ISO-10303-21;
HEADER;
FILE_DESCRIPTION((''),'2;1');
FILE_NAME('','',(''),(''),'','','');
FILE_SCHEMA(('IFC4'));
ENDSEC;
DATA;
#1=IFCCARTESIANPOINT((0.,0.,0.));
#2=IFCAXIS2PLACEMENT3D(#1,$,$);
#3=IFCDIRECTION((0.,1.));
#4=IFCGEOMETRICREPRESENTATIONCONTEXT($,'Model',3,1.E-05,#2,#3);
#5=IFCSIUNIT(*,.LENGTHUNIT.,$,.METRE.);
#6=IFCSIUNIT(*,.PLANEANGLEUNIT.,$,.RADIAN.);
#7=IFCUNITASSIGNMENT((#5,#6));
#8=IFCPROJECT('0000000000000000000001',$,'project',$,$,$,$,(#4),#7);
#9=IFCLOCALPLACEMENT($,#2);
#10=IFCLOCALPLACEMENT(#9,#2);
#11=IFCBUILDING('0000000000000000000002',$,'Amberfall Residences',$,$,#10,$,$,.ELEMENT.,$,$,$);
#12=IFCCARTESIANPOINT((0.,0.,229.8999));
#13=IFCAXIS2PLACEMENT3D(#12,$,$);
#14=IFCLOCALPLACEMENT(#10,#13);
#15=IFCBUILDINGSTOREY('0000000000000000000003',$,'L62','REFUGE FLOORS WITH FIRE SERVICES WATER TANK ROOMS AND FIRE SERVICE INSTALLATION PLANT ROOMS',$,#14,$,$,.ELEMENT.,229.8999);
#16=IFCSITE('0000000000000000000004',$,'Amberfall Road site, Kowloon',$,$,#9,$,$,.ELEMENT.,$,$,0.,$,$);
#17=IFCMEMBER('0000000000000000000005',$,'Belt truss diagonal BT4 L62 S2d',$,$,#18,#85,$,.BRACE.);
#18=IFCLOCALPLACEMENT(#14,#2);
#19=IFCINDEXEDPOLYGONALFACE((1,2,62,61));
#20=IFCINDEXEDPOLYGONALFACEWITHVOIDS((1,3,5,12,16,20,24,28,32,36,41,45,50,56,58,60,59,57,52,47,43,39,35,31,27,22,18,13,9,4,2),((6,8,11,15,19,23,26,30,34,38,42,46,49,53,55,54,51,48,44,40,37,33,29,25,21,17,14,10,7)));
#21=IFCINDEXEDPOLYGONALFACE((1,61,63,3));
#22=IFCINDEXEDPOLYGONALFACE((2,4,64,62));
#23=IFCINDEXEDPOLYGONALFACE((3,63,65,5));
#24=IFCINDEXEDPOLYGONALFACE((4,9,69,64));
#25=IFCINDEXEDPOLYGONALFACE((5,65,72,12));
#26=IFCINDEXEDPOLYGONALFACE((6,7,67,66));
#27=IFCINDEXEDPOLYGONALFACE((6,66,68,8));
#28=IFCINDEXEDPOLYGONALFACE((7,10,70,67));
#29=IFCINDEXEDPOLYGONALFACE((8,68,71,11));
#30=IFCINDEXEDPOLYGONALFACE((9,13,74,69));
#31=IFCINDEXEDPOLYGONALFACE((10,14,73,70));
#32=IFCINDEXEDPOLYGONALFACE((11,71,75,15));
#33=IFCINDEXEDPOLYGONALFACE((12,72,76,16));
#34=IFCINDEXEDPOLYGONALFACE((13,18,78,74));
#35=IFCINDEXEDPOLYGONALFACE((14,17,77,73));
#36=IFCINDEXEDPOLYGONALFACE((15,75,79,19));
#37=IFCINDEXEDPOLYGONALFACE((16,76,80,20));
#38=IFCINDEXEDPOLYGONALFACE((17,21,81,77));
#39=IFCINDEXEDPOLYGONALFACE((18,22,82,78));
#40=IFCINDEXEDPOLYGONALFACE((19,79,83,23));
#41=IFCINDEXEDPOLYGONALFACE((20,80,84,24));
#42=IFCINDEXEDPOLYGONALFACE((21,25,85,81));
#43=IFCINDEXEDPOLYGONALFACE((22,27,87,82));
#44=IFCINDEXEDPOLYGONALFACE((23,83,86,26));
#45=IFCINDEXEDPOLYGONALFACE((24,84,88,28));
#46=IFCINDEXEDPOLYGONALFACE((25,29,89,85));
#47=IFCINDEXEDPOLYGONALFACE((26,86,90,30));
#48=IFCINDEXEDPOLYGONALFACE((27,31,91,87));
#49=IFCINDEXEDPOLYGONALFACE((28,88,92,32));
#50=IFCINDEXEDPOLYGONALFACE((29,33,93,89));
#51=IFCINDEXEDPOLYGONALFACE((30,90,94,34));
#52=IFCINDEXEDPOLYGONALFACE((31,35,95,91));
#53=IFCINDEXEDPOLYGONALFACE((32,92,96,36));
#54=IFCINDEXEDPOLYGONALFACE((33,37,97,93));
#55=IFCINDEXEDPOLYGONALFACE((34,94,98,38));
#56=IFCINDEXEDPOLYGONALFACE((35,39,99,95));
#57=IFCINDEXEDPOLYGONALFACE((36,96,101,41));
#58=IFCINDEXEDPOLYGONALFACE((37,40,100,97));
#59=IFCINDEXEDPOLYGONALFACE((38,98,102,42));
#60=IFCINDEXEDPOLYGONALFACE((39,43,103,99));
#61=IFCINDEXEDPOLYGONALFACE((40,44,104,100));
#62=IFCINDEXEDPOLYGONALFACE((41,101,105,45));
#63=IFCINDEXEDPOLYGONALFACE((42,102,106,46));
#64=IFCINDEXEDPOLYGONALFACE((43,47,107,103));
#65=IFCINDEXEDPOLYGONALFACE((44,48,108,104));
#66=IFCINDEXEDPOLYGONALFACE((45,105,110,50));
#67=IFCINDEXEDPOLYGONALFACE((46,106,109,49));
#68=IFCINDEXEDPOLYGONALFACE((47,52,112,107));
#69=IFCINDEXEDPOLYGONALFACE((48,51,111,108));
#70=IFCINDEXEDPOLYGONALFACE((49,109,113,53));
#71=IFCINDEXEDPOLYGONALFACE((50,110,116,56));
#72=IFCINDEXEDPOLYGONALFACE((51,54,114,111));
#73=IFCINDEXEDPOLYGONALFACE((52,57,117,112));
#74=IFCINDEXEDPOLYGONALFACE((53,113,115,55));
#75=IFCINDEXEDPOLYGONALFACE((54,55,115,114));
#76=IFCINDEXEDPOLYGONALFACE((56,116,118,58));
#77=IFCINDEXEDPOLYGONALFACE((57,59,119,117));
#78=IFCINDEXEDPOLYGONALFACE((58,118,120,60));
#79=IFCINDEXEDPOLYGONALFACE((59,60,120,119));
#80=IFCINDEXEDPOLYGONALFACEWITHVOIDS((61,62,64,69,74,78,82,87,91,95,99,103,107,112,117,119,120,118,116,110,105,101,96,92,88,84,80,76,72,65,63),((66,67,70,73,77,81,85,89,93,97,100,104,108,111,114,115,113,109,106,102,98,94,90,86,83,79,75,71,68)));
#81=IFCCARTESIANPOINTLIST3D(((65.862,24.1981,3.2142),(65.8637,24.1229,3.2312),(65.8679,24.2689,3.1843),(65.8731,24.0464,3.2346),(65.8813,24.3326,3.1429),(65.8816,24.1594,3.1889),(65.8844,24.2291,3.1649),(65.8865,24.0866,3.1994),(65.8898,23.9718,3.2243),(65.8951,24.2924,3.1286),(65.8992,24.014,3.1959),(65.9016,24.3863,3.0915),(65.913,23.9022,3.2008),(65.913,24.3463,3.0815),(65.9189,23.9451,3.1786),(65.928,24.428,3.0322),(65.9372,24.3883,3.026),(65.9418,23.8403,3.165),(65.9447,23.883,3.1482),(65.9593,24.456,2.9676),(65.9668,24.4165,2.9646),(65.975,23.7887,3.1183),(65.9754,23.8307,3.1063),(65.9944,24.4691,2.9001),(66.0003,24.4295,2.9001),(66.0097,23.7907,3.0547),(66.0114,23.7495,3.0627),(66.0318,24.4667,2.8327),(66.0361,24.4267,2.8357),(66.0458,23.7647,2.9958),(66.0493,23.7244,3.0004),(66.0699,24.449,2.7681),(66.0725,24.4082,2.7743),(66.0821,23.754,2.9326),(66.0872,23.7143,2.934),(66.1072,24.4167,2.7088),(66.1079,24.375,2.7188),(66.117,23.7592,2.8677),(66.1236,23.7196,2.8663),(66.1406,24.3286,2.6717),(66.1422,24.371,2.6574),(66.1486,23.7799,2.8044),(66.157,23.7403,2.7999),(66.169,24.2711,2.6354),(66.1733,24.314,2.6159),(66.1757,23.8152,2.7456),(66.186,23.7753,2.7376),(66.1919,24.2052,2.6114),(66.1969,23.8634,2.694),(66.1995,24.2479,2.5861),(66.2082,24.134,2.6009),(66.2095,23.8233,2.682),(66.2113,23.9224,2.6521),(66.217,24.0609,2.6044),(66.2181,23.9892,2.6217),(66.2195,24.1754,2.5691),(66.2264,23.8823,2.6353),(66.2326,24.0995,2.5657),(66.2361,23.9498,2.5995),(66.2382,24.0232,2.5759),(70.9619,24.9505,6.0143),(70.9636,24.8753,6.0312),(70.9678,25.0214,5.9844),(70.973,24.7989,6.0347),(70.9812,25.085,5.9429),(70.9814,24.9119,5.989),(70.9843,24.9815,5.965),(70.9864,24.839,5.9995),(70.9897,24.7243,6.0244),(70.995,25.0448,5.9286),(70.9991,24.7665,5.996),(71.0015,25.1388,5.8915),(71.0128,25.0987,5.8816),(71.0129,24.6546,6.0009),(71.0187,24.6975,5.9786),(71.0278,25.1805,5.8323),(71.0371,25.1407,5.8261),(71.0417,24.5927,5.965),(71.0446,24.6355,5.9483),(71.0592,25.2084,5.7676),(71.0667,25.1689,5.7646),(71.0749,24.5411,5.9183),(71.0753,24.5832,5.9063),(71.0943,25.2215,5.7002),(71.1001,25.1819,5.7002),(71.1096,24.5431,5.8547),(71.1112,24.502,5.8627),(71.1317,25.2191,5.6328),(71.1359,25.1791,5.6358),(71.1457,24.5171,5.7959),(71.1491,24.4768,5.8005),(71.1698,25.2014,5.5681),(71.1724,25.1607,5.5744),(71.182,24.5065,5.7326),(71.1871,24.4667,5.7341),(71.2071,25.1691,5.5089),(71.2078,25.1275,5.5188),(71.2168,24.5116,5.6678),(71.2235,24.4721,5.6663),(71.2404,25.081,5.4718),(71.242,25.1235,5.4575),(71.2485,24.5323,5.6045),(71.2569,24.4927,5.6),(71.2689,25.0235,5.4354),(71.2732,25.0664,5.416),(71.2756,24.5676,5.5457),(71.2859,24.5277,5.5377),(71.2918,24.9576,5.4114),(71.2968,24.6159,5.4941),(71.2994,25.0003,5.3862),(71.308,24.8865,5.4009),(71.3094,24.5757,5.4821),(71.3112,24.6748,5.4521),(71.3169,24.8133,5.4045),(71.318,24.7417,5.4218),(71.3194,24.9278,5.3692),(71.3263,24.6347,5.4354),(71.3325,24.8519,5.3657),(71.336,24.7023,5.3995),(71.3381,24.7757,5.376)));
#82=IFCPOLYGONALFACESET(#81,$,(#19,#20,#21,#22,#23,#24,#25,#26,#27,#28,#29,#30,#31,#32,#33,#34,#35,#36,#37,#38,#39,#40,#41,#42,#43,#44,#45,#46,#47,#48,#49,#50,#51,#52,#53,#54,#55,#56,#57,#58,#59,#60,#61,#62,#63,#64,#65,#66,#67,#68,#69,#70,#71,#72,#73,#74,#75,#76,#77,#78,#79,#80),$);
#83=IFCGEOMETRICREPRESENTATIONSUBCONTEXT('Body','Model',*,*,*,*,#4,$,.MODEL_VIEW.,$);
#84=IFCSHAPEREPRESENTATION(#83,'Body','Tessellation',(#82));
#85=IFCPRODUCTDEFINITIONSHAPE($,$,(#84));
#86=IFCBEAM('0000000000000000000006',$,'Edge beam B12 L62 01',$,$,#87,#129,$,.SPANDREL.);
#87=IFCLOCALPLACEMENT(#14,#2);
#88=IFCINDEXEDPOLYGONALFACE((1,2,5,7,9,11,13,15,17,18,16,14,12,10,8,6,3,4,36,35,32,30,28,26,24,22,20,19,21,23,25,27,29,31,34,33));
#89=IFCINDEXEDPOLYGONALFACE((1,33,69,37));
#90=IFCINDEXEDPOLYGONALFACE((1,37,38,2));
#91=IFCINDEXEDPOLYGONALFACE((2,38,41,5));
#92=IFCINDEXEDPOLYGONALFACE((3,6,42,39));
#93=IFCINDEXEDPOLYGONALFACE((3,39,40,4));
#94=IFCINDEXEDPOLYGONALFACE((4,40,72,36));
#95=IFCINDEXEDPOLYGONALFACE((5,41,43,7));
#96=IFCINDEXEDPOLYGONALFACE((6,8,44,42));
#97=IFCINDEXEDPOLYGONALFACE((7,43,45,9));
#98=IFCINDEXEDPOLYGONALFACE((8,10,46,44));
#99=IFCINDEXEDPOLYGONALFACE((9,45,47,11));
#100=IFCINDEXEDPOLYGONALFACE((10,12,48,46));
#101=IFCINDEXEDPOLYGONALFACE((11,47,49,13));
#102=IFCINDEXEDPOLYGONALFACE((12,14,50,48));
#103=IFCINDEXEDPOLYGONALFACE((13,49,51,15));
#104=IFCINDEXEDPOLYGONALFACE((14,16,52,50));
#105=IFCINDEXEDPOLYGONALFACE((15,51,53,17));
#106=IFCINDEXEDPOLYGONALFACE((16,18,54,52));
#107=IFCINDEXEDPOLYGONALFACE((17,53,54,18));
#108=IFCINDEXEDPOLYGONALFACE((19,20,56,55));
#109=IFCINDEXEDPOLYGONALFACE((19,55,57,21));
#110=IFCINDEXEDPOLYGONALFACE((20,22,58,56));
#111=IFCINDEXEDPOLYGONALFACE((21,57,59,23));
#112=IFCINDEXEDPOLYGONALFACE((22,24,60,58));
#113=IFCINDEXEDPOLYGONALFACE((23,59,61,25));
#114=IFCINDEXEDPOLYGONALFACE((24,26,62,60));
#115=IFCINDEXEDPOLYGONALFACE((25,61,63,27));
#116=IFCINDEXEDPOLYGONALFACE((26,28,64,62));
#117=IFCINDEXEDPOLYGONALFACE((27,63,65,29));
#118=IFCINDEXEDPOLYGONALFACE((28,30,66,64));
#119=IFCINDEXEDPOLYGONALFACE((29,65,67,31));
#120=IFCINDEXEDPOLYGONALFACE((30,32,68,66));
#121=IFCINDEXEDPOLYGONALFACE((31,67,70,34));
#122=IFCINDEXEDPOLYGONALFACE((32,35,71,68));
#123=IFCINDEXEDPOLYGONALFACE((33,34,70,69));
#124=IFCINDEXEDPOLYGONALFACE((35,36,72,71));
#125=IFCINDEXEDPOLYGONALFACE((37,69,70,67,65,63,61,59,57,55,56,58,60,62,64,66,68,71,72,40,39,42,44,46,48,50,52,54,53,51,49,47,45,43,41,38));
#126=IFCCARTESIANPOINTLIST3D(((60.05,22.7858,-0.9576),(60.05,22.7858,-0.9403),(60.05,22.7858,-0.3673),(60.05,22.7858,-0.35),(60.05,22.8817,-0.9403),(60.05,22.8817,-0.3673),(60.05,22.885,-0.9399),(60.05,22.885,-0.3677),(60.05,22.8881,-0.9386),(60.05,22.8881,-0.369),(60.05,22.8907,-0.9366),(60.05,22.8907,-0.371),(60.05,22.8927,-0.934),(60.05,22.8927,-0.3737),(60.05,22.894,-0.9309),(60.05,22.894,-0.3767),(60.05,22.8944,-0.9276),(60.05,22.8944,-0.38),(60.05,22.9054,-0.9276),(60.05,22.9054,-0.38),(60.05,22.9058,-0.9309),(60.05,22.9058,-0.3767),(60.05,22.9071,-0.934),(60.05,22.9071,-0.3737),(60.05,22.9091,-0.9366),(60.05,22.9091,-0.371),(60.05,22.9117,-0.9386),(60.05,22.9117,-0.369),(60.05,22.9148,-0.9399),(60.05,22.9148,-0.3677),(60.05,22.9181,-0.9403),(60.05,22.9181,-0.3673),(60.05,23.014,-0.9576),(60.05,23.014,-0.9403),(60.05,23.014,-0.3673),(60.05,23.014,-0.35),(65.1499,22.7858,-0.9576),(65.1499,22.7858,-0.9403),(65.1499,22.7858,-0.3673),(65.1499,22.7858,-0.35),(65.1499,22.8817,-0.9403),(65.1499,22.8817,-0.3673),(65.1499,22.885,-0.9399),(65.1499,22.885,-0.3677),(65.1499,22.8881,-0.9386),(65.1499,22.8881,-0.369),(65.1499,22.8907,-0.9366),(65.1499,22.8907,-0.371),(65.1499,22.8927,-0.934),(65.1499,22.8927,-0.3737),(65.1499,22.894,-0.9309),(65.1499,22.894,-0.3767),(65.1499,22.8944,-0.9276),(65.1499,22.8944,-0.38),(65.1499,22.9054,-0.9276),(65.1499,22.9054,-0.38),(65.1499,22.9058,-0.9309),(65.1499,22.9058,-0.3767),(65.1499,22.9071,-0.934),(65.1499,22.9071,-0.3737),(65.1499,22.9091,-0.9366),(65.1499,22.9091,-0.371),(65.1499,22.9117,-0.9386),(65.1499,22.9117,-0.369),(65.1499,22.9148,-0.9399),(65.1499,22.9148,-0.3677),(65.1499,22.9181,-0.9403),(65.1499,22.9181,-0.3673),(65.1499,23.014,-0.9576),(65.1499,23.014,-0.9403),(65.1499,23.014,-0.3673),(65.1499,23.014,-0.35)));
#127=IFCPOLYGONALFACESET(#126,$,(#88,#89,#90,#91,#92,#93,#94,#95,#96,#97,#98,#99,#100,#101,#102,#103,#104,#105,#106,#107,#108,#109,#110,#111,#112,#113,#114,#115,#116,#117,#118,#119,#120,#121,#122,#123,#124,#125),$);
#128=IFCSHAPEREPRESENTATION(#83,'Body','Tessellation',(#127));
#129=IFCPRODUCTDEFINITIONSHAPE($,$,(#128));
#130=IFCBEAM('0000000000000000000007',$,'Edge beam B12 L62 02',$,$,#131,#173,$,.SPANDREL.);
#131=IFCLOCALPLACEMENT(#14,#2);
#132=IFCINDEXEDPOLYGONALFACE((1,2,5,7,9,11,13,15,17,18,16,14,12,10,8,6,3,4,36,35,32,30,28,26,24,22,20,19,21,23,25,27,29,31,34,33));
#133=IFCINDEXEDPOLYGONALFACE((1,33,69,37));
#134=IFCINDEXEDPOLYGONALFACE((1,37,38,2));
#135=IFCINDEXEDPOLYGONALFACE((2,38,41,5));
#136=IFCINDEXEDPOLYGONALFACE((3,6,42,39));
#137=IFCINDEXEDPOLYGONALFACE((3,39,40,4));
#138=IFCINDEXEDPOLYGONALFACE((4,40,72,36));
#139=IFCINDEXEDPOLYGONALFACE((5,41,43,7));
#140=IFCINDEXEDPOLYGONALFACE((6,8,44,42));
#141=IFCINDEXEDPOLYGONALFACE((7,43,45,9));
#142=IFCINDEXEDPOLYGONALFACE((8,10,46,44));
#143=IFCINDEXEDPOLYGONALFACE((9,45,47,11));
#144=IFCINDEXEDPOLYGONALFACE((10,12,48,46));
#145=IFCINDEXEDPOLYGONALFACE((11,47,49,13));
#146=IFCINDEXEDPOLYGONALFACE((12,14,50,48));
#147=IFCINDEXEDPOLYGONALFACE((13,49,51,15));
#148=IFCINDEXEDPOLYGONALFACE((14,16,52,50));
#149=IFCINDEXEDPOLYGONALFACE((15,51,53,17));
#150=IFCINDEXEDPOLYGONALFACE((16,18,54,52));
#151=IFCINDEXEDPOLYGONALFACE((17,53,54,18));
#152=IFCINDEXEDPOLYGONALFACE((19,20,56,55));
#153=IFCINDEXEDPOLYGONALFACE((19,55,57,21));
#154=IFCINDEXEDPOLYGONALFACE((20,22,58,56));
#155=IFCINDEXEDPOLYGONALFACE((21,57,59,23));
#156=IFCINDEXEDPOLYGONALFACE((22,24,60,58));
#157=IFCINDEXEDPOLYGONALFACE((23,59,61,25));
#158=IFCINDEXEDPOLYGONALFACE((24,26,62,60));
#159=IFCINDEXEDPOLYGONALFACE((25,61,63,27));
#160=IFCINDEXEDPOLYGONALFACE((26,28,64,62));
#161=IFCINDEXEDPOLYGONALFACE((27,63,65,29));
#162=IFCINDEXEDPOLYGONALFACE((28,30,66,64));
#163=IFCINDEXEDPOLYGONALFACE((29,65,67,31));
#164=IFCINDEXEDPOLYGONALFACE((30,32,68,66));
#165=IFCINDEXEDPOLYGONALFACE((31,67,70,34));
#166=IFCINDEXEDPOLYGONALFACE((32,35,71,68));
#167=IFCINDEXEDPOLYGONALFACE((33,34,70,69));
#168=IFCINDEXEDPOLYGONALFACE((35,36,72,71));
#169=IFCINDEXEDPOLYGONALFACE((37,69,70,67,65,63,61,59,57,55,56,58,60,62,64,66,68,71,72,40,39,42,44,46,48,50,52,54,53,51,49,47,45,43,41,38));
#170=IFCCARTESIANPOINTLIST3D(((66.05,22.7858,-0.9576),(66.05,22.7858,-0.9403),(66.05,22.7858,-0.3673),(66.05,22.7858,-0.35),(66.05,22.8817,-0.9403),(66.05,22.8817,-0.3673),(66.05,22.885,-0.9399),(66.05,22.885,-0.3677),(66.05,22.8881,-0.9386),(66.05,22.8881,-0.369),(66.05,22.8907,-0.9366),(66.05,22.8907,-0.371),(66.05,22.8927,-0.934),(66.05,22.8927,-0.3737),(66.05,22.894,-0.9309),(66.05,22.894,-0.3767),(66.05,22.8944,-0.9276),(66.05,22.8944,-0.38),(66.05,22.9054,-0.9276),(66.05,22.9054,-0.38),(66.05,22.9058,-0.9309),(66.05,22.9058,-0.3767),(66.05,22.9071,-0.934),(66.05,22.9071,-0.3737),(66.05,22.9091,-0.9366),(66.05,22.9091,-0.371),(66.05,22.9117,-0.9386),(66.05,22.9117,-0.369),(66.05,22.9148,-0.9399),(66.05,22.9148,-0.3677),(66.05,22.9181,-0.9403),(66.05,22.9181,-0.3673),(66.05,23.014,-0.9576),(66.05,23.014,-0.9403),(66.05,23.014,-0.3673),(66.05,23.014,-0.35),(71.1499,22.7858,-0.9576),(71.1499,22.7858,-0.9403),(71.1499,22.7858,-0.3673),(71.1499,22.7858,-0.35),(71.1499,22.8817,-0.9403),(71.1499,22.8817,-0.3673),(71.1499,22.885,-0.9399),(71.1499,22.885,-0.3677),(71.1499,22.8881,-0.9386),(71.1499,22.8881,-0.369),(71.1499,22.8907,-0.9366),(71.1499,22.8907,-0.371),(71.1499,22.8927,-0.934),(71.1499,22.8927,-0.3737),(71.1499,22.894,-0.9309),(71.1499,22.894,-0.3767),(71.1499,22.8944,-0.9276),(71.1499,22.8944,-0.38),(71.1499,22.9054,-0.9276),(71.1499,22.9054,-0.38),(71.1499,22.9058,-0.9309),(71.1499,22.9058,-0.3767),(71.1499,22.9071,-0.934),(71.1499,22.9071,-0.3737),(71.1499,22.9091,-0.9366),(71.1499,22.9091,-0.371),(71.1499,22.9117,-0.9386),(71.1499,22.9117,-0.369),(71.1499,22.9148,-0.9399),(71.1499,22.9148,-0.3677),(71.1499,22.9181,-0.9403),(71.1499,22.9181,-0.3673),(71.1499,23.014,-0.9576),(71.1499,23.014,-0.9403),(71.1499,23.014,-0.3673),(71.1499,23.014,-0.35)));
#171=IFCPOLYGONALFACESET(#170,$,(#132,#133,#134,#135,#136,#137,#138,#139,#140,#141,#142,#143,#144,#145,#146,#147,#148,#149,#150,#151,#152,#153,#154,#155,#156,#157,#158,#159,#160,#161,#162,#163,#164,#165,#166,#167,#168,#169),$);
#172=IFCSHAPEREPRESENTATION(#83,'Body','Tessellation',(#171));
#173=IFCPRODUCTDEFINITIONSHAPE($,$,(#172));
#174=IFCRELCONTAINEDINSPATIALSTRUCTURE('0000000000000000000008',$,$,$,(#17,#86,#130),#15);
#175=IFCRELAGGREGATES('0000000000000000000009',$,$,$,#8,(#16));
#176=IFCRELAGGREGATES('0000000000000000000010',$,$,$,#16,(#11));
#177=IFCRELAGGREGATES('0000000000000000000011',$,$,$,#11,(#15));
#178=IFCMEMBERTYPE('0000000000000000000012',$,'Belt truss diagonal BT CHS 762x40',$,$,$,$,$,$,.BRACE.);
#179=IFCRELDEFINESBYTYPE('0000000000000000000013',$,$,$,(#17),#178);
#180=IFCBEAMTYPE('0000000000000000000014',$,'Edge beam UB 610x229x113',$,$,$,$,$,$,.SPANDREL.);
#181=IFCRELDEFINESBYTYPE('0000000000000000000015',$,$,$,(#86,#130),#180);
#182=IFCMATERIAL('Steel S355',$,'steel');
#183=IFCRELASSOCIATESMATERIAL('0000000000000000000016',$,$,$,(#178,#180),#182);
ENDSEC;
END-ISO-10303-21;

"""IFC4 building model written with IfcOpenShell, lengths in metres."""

from ifc_helpers import new_model, si_unit, direction, frame, origin, origin_2d, place, context, subcontext, project, spatial, hollow_circle, i_section, extrude, material, material_profile, profile_set, type_object, element, save


model = new_model("IFC4")

# Units and contexts
model_context = context("Model", 3, precision=1e-05, world=origin(), true_north=direction((0.0, 1.0)))
body_context = subcontext(model_context, "Body", "Model", "MODEL_VIEW")
ifc_project = project(units=[si_unit("LENGTHUNIT", "METRE"), si_unit("PLANEANGLEUNIT", "RADIAN")], contexts=[model_context])

# Site, building, storey
site_placement = place(None, origin())
site = spatial("IfcSite", under=ifc_project, at=site_placement, Name="Amberfall Road site, Kowloon", CompositionType="ELEMENT", RefElevation=0.0)
building_placement = place(site_placement, origin())
building = spatial("IfcBuilding", under=site, at=building_placement, Name="Amberfall Residences", CompositionType="ELEMENT")
storey_placement = place(building_placement, frame((0.0, 0.0, 229.8999)))
storey = spatial("IfcBuildingStorey", under=building, at=storey_placement, Name="L62", Description="REFUGE FLOORS WITH FIRE SERVICES WATER TANK ROOMS AND FIRE SERVICE INSTALLATION PLANT ROOMS", CompositionType="ELEMENT", Elevation=229.8999)

# Shared definitions
ifc_material_1 = material(Name="Steel S355", Category="steel")

# Member
ifc_material_profile_1 = material_profile(ifc_material_1, hollow_circle(Radius=0.3811, WallThickness=0.04, at=origin_2d()), Name="CHS 762x40")
ifc_profile_set_1 = profile_set([ifc_material_profile_1], Name="Steel S355")
member_type = type_object("IfcMemberType", Name="Belt truss diagonal BT CHS 762x40", PredefinedType="BRACE", material=ifc_profile_set_1)
member_1_placement = place(storey_placement, frame((66.05, 24.092, 2.9001), z_axis=(0.869329, 0.128262, 0.477301), x_axis=(-0.145962, 0.98929, 0.0)))
element("IfcMember", 1, at=member_1_placement, inside=storey, type_object=member_type, Name="Belt truss diagonal BT4 L62 S2d", PredefinedType="BRACE", context=body_context, shape_type="SweptSolid", body=[
    extrude(hollow_circle(Radius=0.3811, WallThickness=0.04, at=origin_2d()), origin(), (0.0, 0.0, 1.0), 5.8665),
])

# Beams
ifc_material_profile_2 = material_profile(ifc_material_1, i_section(OverallWidth=0.2283, OverallDepth=0.6077, WebThickness=0.011, FlangeThickness=0.0173, FilletRadius=0.0127, at=origin_2d()), Name="UB 610x229x113")
ifc_profile_set_2 = profile_set([ifc_material_profile_2], Name="Steel S355")
beam_type_1 = type_object("IfcBeamType", Name="Edge beam UB 610x229x113", PredefinedType="SPANDREL", material=ifc_profile_set_2)
for number, where, z_axis, x_axis, name in (
    (2, (60.05, 22.8999, -0.6538), (1.0, 0.0, 0.0), (0.0, 1.0, 0.0), "Edge beam B12 L62 01"),
    (3, (66.05, 22.8999, -0.6538), (1.0, 0.0, 0.0), (0.0, 1.0, 0.0), "Edge beam B12 L62 02"),
):
    element("IfcBeam", number, at=place(storey_placement, frame(where, z_axis=z_axis, x_axis=x_axis)), inside=storey, type_object=beam_type_1, Name=name, PredefinedType="SPANDREL", context=body_context, shape_type="SweptSolid", body=[
        extrude(i_section(OverallWidth=0.2283, OverallDepth=0.6077, WebThickness=0.011, FlangeThickness=0.0173, FilletRadius=0.0127, at=origin_2d()), origin(), (0.0, 0.0, 1.0), 5.0999),
    ])

save(model, "model.ifc")
